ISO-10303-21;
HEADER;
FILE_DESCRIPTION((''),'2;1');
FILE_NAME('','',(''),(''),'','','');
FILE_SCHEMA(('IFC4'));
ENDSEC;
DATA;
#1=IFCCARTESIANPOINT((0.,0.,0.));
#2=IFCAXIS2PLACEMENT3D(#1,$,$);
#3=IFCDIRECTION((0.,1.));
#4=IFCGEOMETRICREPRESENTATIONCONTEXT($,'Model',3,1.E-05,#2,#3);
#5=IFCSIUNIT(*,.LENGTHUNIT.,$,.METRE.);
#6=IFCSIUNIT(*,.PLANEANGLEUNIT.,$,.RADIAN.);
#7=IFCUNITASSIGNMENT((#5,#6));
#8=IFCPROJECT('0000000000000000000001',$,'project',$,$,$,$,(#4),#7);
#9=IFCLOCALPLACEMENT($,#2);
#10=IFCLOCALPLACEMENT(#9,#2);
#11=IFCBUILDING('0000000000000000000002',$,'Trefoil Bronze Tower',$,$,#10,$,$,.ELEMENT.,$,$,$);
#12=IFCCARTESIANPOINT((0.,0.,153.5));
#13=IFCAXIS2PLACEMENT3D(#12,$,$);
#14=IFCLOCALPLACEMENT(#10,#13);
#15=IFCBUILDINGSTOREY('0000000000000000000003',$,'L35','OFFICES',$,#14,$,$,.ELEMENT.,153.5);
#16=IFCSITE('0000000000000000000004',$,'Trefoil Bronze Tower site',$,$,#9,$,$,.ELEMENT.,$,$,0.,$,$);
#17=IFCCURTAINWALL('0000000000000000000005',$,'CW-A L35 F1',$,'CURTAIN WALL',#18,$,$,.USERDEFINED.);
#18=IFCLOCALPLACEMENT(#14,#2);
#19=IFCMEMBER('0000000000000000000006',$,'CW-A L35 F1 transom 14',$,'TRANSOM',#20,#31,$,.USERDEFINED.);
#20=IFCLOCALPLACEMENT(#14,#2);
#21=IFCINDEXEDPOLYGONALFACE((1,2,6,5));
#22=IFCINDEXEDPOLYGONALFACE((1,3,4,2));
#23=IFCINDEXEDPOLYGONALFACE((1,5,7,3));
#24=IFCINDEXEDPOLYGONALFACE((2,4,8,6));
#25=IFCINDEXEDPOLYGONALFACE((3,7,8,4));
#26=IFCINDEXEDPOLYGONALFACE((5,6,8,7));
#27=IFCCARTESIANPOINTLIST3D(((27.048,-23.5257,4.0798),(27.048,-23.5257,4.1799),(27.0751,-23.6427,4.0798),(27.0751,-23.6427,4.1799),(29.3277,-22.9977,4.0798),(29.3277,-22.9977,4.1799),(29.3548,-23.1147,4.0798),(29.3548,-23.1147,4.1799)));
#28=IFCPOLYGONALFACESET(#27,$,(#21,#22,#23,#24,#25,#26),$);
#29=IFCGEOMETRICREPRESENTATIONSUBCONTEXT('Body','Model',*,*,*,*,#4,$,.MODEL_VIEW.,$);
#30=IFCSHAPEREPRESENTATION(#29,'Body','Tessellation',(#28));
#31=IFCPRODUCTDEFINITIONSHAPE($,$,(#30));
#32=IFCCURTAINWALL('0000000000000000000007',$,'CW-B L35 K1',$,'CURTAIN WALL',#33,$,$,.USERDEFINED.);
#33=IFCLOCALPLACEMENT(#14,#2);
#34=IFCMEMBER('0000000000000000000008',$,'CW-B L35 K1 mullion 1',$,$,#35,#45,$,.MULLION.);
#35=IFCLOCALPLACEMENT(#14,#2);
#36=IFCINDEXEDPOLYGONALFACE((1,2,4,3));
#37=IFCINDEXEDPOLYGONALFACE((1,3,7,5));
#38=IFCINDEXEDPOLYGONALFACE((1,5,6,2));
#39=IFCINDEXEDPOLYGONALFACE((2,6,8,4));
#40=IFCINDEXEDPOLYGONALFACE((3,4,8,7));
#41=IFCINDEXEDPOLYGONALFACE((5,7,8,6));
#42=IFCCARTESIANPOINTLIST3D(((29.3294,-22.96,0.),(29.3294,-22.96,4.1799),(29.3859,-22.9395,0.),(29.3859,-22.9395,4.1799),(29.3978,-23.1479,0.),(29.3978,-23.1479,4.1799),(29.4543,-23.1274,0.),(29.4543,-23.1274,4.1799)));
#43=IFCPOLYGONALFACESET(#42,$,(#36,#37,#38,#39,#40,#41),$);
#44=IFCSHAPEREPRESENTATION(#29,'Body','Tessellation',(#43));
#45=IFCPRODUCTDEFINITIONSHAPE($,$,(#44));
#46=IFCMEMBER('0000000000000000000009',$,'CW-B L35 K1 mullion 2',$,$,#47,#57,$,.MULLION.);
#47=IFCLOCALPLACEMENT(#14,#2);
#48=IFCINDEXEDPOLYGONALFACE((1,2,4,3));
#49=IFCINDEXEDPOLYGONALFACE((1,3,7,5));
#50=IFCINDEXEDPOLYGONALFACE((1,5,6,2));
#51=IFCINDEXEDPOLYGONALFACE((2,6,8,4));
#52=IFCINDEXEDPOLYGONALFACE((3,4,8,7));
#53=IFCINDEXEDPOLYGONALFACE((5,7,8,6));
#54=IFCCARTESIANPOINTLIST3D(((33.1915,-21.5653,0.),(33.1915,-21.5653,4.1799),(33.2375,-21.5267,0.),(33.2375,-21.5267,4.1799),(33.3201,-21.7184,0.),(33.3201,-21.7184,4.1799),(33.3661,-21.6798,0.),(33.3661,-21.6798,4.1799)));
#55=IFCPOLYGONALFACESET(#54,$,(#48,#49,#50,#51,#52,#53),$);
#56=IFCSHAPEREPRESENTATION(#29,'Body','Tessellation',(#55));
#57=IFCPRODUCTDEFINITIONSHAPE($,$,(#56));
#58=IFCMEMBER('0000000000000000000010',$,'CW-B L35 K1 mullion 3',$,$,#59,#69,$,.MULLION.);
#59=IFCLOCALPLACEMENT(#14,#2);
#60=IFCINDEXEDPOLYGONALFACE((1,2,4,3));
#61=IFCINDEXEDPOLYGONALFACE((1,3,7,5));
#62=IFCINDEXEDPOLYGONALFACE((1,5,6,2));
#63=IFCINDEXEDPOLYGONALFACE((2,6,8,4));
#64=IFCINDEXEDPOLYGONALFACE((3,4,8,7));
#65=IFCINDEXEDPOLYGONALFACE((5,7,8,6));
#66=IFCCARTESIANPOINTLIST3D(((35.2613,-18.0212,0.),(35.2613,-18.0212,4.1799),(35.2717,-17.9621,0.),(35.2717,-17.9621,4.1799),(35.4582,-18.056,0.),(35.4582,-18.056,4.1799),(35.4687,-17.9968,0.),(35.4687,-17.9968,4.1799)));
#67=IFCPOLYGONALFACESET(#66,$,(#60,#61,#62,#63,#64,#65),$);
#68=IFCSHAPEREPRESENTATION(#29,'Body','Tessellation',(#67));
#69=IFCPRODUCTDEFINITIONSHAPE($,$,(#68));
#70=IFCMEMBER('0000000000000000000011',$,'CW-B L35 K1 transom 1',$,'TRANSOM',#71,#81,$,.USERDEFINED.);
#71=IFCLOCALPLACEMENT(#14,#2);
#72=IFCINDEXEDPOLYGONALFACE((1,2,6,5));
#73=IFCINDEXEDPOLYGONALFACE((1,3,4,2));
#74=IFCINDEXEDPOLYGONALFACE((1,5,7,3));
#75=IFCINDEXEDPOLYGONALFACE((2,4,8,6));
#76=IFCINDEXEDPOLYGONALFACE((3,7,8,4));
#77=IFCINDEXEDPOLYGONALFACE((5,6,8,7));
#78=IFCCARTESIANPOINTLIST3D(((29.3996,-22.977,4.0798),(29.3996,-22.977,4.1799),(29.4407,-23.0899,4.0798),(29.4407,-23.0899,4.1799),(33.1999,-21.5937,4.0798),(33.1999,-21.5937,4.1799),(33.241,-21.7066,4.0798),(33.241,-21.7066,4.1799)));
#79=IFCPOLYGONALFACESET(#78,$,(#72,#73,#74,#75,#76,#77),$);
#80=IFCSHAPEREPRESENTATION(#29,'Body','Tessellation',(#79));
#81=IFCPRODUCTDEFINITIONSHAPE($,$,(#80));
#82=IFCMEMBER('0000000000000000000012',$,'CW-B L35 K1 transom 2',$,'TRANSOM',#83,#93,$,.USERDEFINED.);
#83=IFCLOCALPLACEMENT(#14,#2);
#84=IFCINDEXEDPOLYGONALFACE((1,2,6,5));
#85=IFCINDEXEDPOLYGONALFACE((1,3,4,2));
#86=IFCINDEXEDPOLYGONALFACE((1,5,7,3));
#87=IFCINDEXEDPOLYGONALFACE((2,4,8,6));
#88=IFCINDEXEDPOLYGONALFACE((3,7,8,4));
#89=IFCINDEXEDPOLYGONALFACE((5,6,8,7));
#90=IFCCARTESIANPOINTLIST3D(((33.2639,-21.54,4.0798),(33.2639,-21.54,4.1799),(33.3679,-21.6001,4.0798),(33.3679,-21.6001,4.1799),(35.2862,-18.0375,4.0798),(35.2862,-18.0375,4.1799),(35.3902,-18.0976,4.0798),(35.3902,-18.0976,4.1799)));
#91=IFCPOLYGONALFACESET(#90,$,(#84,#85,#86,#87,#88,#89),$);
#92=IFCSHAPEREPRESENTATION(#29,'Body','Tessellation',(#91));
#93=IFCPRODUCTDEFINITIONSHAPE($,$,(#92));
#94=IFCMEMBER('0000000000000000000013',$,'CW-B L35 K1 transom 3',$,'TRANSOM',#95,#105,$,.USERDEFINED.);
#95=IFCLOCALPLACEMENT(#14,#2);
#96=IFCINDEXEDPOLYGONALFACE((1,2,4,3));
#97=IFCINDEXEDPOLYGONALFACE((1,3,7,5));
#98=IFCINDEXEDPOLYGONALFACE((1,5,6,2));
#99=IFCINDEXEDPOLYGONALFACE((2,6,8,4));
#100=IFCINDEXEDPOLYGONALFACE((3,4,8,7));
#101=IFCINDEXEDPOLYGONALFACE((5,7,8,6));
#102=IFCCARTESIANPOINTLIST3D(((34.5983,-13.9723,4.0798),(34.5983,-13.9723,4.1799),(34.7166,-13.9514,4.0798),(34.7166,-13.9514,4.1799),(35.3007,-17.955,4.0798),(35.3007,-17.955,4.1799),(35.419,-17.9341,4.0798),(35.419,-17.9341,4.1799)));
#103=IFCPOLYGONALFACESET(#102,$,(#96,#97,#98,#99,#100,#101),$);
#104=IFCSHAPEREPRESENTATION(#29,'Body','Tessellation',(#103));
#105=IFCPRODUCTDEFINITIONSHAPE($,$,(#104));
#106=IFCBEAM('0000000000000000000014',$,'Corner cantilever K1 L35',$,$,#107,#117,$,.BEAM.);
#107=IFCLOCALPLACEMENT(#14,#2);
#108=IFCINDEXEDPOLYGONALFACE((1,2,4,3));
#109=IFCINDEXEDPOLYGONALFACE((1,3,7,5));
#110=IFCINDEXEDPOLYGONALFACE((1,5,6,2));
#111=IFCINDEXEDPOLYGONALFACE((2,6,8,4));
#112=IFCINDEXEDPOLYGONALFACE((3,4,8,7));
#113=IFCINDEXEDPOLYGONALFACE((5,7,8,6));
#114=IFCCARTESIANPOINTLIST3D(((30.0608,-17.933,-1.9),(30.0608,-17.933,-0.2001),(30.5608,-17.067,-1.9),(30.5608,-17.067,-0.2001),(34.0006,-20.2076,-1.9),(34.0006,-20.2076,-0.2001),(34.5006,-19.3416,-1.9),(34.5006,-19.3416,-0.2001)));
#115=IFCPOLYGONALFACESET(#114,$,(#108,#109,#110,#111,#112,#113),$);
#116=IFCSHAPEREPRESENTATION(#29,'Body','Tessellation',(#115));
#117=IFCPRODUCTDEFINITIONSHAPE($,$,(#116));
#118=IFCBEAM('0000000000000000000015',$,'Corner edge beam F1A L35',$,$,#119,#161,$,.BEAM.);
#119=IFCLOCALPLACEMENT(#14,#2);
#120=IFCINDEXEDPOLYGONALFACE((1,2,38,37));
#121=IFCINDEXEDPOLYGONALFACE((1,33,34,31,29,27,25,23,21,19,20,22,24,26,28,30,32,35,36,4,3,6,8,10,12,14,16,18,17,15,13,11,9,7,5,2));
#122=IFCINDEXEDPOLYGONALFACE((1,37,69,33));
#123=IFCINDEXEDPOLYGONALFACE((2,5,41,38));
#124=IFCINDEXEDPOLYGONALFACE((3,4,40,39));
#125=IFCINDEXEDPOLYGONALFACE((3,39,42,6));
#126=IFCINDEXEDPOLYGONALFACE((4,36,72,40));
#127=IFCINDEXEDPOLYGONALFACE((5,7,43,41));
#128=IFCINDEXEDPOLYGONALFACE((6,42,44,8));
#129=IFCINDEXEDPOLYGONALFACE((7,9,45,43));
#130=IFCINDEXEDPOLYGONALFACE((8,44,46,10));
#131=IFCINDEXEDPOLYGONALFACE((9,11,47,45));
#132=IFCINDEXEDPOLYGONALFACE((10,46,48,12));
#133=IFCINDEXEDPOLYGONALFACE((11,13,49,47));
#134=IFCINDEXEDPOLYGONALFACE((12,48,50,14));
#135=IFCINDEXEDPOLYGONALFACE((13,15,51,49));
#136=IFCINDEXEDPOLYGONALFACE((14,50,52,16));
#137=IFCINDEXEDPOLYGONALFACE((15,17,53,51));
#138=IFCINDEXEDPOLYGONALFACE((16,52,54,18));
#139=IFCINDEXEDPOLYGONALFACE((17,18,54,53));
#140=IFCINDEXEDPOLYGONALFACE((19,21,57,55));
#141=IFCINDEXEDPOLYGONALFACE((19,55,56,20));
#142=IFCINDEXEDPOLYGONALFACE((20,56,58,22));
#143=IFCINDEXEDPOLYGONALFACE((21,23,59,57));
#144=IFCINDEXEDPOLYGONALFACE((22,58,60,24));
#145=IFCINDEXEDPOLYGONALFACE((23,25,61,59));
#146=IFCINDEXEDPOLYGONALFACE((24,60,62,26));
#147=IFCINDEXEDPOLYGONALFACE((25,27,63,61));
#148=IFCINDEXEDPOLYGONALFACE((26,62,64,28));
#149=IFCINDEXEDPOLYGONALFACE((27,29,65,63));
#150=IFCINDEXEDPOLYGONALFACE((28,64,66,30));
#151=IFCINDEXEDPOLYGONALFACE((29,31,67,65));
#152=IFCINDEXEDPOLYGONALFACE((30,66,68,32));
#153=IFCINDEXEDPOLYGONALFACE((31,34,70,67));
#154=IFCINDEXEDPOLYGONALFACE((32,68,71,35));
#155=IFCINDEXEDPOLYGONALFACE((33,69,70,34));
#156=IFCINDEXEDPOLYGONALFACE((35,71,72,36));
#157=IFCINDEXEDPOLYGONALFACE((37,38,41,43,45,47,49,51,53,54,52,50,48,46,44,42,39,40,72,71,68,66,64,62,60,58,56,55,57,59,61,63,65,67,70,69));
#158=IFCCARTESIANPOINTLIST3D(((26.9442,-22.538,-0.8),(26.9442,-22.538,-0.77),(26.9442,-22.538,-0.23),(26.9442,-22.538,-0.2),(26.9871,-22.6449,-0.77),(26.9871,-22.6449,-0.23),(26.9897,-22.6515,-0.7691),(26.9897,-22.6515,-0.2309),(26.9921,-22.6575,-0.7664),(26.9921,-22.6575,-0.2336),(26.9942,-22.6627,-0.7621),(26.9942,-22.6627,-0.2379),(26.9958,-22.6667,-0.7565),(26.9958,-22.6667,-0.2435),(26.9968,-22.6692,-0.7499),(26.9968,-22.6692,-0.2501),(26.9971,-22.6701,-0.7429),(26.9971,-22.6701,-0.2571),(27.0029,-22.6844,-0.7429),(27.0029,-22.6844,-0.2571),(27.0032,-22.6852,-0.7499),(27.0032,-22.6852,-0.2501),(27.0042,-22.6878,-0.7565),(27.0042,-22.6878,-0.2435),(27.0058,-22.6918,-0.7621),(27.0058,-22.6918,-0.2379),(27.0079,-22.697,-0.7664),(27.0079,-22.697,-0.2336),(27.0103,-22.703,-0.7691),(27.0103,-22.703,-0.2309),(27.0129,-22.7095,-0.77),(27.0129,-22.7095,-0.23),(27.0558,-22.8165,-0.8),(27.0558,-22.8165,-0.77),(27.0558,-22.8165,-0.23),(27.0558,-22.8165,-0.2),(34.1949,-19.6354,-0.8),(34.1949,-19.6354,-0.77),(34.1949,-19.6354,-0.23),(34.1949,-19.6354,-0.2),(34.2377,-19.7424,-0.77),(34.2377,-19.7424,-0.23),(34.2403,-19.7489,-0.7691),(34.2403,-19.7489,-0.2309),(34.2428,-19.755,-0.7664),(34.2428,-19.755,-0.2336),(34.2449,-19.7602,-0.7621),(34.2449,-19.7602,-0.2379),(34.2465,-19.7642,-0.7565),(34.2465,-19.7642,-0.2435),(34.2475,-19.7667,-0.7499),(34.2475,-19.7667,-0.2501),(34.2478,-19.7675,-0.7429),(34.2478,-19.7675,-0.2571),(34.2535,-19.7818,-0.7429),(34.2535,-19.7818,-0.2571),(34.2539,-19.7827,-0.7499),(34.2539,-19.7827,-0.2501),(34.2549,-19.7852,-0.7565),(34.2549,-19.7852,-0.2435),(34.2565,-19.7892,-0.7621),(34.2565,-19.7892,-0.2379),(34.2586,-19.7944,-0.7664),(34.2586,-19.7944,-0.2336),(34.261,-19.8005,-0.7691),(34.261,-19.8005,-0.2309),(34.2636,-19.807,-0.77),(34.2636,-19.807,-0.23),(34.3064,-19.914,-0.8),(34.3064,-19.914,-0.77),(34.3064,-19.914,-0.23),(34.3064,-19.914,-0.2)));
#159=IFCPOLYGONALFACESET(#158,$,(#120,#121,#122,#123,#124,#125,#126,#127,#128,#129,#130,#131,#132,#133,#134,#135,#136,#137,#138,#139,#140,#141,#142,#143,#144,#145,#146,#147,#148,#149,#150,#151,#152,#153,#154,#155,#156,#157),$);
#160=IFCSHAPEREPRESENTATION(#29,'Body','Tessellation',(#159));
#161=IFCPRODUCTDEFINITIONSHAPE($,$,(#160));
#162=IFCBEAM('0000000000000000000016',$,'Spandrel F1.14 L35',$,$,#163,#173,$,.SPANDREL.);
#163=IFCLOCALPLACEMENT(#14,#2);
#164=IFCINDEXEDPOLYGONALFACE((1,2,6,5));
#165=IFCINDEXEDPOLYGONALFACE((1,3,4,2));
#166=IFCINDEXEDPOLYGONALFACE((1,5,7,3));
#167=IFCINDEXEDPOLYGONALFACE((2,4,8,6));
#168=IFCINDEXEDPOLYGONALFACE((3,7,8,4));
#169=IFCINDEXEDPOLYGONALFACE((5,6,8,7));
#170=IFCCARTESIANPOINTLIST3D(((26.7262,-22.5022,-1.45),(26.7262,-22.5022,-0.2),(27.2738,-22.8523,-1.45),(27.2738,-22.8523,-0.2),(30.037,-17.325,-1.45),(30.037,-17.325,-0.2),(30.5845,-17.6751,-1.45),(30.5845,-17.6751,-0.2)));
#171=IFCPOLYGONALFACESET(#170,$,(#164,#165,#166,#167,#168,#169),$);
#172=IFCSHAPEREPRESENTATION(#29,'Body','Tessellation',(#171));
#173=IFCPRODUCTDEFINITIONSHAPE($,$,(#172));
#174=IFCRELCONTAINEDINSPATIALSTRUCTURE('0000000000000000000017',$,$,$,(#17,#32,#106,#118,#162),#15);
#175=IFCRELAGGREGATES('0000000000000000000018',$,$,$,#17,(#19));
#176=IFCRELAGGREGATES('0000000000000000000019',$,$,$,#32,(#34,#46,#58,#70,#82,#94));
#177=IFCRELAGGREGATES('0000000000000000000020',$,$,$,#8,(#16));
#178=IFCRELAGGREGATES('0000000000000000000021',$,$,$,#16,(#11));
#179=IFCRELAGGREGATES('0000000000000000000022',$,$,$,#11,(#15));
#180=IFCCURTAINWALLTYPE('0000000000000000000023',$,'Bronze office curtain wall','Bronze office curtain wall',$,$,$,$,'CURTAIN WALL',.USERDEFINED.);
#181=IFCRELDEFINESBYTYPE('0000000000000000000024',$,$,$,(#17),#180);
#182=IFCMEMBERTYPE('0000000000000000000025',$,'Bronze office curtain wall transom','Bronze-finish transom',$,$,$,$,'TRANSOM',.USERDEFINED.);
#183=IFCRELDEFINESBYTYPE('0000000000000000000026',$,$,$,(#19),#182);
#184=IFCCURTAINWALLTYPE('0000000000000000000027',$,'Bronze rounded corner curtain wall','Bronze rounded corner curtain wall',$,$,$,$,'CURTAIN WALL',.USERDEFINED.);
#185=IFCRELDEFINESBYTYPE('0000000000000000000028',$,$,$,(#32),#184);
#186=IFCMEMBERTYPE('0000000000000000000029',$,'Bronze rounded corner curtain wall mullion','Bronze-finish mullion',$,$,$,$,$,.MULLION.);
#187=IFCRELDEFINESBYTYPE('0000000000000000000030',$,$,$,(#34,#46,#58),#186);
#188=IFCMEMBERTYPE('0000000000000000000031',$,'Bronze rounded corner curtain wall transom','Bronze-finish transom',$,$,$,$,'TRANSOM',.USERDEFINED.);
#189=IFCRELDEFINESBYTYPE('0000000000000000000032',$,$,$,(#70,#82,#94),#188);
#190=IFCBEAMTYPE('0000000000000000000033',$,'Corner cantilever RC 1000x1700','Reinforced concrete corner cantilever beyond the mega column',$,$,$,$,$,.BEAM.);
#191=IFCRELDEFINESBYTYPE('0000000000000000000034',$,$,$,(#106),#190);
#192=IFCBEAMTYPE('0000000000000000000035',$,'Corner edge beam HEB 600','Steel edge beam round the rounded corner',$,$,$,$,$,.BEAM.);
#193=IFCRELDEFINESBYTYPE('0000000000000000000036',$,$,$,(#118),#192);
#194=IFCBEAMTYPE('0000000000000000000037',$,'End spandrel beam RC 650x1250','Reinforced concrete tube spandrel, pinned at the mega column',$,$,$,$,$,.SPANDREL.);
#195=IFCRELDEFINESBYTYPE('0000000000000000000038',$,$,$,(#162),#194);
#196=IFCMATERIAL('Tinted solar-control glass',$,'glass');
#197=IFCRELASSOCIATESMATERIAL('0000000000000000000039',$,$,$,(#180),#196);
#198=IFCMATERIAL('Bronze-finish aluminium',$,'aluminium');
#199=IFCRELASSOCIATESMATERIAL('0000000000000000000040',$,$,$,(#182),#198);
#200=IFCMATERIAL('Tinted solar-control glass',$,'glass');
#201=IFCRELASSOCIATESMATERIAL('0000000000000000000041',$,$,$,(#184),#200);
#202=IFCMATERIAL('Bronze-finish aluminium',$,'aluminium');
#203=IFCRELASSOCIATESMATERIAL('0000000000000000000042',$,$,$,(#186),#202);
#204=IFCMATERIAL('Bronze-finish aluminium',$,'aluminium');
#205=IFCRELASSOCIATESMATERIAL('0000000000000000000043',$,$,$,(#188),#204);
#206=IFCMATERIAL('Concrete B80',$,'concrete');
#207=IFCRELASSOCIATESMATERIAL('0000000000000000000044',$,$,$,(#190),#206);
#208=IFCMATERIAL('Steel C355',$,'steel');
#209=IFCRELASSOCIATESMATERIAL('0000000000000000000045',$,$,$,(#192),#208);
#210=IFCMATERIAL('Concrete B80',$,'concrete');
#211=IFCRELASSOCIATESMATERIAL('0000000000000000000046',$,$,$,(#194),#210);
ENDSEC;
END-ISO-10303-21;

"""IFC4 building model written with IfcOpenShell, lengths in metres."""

from ifc_helpers import new_model, si_unit, direction, frame, origin, origin_2d, place, context, subcontext, project, spatial, rectangle, i_section, extrude, material, material_profile, profile_set, type_object, element, aggregate, save


model = new_model("IFC4")

# Units and contexts
model_context = context("Model", 3, precision=1e-05, world=origin(), true_north=direction((0.0, 1.0)))
body_context = subcontext(model_context, "Body", "Model", "MODEL_VIEW")
ifc_project = project(units=[si_unit("LENGTHUNIT", "METRE"), si_unit("PLANEANGLEUNIT", "RADIAN")], contexts=[model_context])

# Site, building, storey
site_placement = place(None, origin())
site = spatial("IfcSite", under=ifc_project, at=site_placement, Name="Trefoil Bronze Tower site", CompositionType="ELEMENT", RefElevation=0.0)
building_placement = place(site_placement, origin())
building = spatial("IfcBuilding", under=site, at=building_placement, Name="Trefoil Bronze Tower", CompositionType="ELEMENT")
storey_placement = place(building_placement, frame((0.0, 0.0, 153.5)))
storey = spatial("IfcBuildingStorey", under=building, at=storey_placement, Name="L35", Description="OFFICES", CompositionType="ELEMENT", Elevation=153.5)

# Curtain walls, members
ifc_material_1 = material(Name="Tinted solar-control glass", Category="glass")
curtain_wall_type_1 = type_object("IfcCurtainWallType", Name="Bronze office curtain wall", Description="Bronze office curtain wall", ElementType="CURTAIN WALL", PredefinedType="USERDEFINED", material=ifc_material_1)
curtain_wall_1_placement = place(storey_placement, origin())
curtain_wall_1 = element("IfcCurtainWall", 1, at=curtain_wall_1_placement, inside=storey, type_object=curtain_wall_type_1, Name="CW-A L35 F1", ObjectType="CURTAIN WALL", PredefinedType="USERDEFINED")
ifc_material_2 = material(Name="Bronze-finish aluminium", Category="aluminium")
ifc_material_profile_1 = material_profile(ifc_material_2, rectangle(XDim=0.1201, YDim=0.1001, at=origin_2d()), Name="CW-A transom")
ifc_profile_set_1 = profile_set([ifc_material_profile_1], Name="Bronze-finish aluminium")
member_type_1 = type_object("IfcMemberType", Name="Bronze office curtain wall transom", Description="Bronze-finish transom", ElementType="TRANSOM", PredefinedType="USERDEFINED", material=ifc_profile_set_1)
member_1_placement = place(storey_placement, frame((27.0615, -23.5842, 4.1299), z_axis=(0.974206, 0.225659, 0.0), x_axis=(-0.225659, 0.974206, 0.0)))
member_1 = element("IfcMember", 2, at=member_1_placement, type_object=member_type_1, Name="CW-A L35 F1 transom 14", ObjectType="TRANSOM", PredefinedType="USERDEFINED", context=body_context, shape_type="SweptSolid", body=[
    extrude(rectangle(XDim=0.1201, YDim=0.1001, at=origin_2d()), origin(), (0.0, 0.0, 1.0), 2.3401),
])
ifc_material_3 = material(Name="Tinted solar-control glass", Category="glass")
curtain_wall_type_2 = type_object("IfcCurtainWallType", Name="Bronze rounded corner curtain wall", Description="Bronze rounded corner curtain wall", ElementType="CURTAIN WALL", PredefinedType="USERDEFINED", material=ifc_material_3)
curtain_wall_2_placement = place(storey_placement, origin())
curtain_wall_2 = element("IfcCurtainWall", 3, at=curtain_wall_2_placement, inside=storey, type_object=curtain_wall_type_2, Name="CW-B L35 K1", ObjectType="CURTAIN WALL", PredefinedType="USERDEFINED")
ifc_material_4 = material(Name="Bronze-finish aluminium", Category="aluminium")
ifc_material_profile_2 = material_profile(ifc_material_4, rectangle(XDim=0.2, YDim=0.0601, at=origin_2d()), Name="CW-B mullion")
ifc_profile_set_2 = profile_set([ifc_material_profile_2], Name="Bronze-finish aluminium")
member_type_2 = type_object("IfcMemberType", Name="Bronze rounded corner curtain wall mullion", Description="Bronze-finish mullion", PredefinedType="MULLION", material=ifc_profile_set_2)
member_2_placement = place(storey_placement, frame((29.3918, -23.0437, 0.0), z_axis=(0.0, 0.0, 1.0), x_axis=(-0.34202, 0.939693, 0.0)))
member_2 = element("IfcMember", 4, at=member_2_placement, type_object=member_type_2, Name="CW-B L35 K1 mullion 1", PredefinedType="MULLION", context=body_context, shape_type="SweptSolid", body=[
    extrude(rectangle(XDim=0.2, YDim=0.0601, at=origin_2d()), origin(), (0.0, 0.0, 1.0), 4.1799),
])
member_3_placement = place(storey_placement, frame((33.2788, -21.6226, 0.0), z_axis=(0.0, 0.0, 1.0), x_axis=(-0.642788, 0.766044, 0.0)))
member_3 = element("IfcMember", 5, at=member_3_placement, type_object=member_type_2, Name="CW-B L35 K1 mullion 2", PredefinedType="MULLION", context=body_context, shape_type="SweptSolid", body=[
    extrude(rectangle(XDim=0.2, YDim=0.0601, at=origin_2d()), origin(), (0.0, 0.0, 1.0), 4.1799),
])
member_4_placement = place(storey_placement, frame((35.365, -18.009, 0.0), z_axis=(0.0, 0.0, 1.0), x_axis=(-0.984808, 0.173648, 0.0)))
member_4 = element("IfcMember", 6, at=member_4_placement, type_object=member_type_2, Name="CW-B L35 K1 mullion 3", PredefinedType="MULLION", context=body_context, shape_type="SweptSolid", body=[
    extrude(rectangle(XDim=0.2, YDim=0.0601, at=origin_2d()), origin(), (0.0, 0.0, 1.0), 4.1799),
])
ifc_material_5 = material(Name="Bronze-finish aluminium", Category="aluminium")
ifc_material_profile_3 = material_profile(ifc_material_5, rectangle(XDim=0.1201, YDim=0.1001, at=origin_2d()), Name="CW-B transom")
ifc_profile_set_3 = profile_set([ifc_material_profile_3], Name="Bronze-finish aluminium")
member_type_3 = type_object("IfcMemberType", Name="Bronze rounded corner curtain wall transom", Description="Bronze-finish transom", ElementType="TRANSOM", PredefinedType="USERDEFINED", material=ifc_profile_set_3)
member_5_placement = place(storey_placement, frame((29.4202, -23.0334, 4.1299), z_axis=(0.939684, 0.342044, 0.0), x_axis=(-0.342044, 0.939684, 0.0)))
member_5 = element("IfcMember", 7, at=member_5_placement, type_object=member_type_3, Name="CW-B L35 K1 transom 1", ObjectType="TRANSOM", PredefinedType="USERDEFINED", context=body_context, shape_type="SweptSolid", body=[
    extrude(rectangle(XDim=0.1201, YDim=0.1001, at=origin_2d()), origin(), (0.0, 0.0, 1.0), 4.0442),
])
member_6_placement = place(storey_placement, frame((33.3159, -21.5701, 4.1299), z_axis=(0.500015, 0.866017, 0.0), x_axis=(-0.866017, 0.500015, 0.0)))
member_6 = element("IfcMember", 8, at=member_6_placement, type_object=member_type_3, Name="CW-B L35 K1 transom 2", ObjectType="TRANSOM", PredefinedType="USERDEFINED", context=body_context, shape_type="SweptSolid", body=[
    extrude(rectangle(XDim=0.1201, YDim=0.1001, at=origin_2d()), origin(), (0.0, 0.0, 1.0), 4.0444),
])
member_7_placement = place(storey_placement, frame((35.3599, -17.9446, 4.1299), z_axis=(-0.173682, 0.984802, 0.0), x_axis=(-0.984802, -0.173682, 0.0)))
member_7 = element("IfcMember", 9, at=member_7_placement, type_object=member_type_3, Name="CW-B L35 K1 transom 3", ObjectType="TRANSOM", PredefinedType="USERDEFINED", context=body_context, shape_type="SweptSolid", body=[
    extrude(rectangle(XDim=0.1201, YDim=0.1001, at=origin_2d()), origin(), (0.0, 0.0, 1.0), 4.0442),
])

# Beams
ifc_material_6 = material(Name="Concrete B80", Category="concrete")
ifc_material_profile_4 = material_profile(ifc_material_6, rectangle(XDim=1.0, YDim=1.7, at=origin_2d()), Name="RC 1000x1700")
ifc_profile_set_4 = profile_set([ifc_material_profile_4], Name="Concrete B80")
beam_type_1 = type_object("IfcBeamType", Name="Corner cantilever RC 1000x1700", Description="Reinforced concrete corner cantilever beyond the mega column", PredefinedType="BEAM", material=ifc_profile_set_4)
beam_1_placement = place(storey_placement, frame((30.3108, -17.5, -1.05), z_axis=(0.866032, -0.499989, 0.0), x_axis=(0.499989, 0.866032, 0.0)))
element("IfcBeam", 10, at=beam_1_placement, inside=storey, type_object=beam_type_1, Name="Corner cantilever K1 L35", PredefinedType="BEAM", context=body_context, shape_type="SweptSolid", body=[
    extrude(rectangle(XDim=1.0, YDim=1.7, at=origin_2d()), origin(), (0.0, 0.0, 1.0), 4.5493),
])
ifc_material_7 = material(Name="Steel C355", Category="steel")
ifc_material_profile_5 = material_profile(ifc_material_7, i_section(OverallWidth=0.3, OverallDepth=0.6001, WebThickness=0.0154, FlangeThickness=0.03, FilletRadius=0.0271, at=origin_2d()), Name="HEB 600")
ifc_profile_set_5 = profile_set([ifc_material_profile_5], Name="Steel C355")
beam_type_2 = type_object("IfcBeamType", Name="Corner edge beam HEB 600", Description="Steel edge beam round the rounded corner", PredefinedType="BEAM", material=ifc_profile_set_5)
beam_2_placement = place(storey_placement, frame((27.0, -22.6772, -0.5), z_axis=(0.928375, 0.371644, 0.0), x_axis=(-0.371644, 0.928375, 0.0)))
element("IfcBeam", 11, at=beam_2_placement, inside=storey, type_object=beam_type_2, Name="Corner edge beam F1A L35", PredefinedType="BEAM", context=body_context, shape_type="SweptSolid", body=[
    extrude(i_section(OverallWidth=0.3, OverallDepth=0.6001, WebThickness=0.0154, FlangeThickness=0.03, FilletRadius=0.0271, at=origin_2d()), origin(), (0.0, 0.0, 1.0), 7.8101),
])
ifc_material_8 = material(Name="Concrete B80", Category="concrete")
ifc_material_profile_6 = material_profile(ifc_material_8, rectangle(XDim=0.6499, YDim=1.25, at=origin_2d()), Name="RC 650x1250")
ifc_profile_set_6 = profile_set([ifc_material_profile_6], Name="Concrete B80")
beam_type_3 = type_object("IfcBeamType", Name="End spandrel beam RC 650x1250", Description="Reinforced concrete tube spandrel, pinned at the mega column", PredefinedType="SPANDREL", material=ifc_profile_set_6)
beam_3_placement = place(storey_placement, frame((27.0, -22.6772, -0.825), z_axis=(0.538748, 0.842467, 0.0), x_axis=(-0.842467, 0.538748, 0.0)))
element("IfcBeam", 12, at=beam_3_placement, inside=storey, type_object=beam_type_3, Name="Spandrel F1.14 L35", PredefinedType="SPANDREL", context=body_context, shape_type="SweptSolid", body=[
    extrude(rectangle(XDim=0.6499, YDim=1.25, at=origin_2d()), origin(), (0.0, 0.0, 1.0), 6.1453),
])

aggregate(curtain_wall_1, [member_1])
aggregate(curtain_wall_2, [member_2, member_3, member_4, member_5, member_6, member_7])

save(model, "model.ifc")
